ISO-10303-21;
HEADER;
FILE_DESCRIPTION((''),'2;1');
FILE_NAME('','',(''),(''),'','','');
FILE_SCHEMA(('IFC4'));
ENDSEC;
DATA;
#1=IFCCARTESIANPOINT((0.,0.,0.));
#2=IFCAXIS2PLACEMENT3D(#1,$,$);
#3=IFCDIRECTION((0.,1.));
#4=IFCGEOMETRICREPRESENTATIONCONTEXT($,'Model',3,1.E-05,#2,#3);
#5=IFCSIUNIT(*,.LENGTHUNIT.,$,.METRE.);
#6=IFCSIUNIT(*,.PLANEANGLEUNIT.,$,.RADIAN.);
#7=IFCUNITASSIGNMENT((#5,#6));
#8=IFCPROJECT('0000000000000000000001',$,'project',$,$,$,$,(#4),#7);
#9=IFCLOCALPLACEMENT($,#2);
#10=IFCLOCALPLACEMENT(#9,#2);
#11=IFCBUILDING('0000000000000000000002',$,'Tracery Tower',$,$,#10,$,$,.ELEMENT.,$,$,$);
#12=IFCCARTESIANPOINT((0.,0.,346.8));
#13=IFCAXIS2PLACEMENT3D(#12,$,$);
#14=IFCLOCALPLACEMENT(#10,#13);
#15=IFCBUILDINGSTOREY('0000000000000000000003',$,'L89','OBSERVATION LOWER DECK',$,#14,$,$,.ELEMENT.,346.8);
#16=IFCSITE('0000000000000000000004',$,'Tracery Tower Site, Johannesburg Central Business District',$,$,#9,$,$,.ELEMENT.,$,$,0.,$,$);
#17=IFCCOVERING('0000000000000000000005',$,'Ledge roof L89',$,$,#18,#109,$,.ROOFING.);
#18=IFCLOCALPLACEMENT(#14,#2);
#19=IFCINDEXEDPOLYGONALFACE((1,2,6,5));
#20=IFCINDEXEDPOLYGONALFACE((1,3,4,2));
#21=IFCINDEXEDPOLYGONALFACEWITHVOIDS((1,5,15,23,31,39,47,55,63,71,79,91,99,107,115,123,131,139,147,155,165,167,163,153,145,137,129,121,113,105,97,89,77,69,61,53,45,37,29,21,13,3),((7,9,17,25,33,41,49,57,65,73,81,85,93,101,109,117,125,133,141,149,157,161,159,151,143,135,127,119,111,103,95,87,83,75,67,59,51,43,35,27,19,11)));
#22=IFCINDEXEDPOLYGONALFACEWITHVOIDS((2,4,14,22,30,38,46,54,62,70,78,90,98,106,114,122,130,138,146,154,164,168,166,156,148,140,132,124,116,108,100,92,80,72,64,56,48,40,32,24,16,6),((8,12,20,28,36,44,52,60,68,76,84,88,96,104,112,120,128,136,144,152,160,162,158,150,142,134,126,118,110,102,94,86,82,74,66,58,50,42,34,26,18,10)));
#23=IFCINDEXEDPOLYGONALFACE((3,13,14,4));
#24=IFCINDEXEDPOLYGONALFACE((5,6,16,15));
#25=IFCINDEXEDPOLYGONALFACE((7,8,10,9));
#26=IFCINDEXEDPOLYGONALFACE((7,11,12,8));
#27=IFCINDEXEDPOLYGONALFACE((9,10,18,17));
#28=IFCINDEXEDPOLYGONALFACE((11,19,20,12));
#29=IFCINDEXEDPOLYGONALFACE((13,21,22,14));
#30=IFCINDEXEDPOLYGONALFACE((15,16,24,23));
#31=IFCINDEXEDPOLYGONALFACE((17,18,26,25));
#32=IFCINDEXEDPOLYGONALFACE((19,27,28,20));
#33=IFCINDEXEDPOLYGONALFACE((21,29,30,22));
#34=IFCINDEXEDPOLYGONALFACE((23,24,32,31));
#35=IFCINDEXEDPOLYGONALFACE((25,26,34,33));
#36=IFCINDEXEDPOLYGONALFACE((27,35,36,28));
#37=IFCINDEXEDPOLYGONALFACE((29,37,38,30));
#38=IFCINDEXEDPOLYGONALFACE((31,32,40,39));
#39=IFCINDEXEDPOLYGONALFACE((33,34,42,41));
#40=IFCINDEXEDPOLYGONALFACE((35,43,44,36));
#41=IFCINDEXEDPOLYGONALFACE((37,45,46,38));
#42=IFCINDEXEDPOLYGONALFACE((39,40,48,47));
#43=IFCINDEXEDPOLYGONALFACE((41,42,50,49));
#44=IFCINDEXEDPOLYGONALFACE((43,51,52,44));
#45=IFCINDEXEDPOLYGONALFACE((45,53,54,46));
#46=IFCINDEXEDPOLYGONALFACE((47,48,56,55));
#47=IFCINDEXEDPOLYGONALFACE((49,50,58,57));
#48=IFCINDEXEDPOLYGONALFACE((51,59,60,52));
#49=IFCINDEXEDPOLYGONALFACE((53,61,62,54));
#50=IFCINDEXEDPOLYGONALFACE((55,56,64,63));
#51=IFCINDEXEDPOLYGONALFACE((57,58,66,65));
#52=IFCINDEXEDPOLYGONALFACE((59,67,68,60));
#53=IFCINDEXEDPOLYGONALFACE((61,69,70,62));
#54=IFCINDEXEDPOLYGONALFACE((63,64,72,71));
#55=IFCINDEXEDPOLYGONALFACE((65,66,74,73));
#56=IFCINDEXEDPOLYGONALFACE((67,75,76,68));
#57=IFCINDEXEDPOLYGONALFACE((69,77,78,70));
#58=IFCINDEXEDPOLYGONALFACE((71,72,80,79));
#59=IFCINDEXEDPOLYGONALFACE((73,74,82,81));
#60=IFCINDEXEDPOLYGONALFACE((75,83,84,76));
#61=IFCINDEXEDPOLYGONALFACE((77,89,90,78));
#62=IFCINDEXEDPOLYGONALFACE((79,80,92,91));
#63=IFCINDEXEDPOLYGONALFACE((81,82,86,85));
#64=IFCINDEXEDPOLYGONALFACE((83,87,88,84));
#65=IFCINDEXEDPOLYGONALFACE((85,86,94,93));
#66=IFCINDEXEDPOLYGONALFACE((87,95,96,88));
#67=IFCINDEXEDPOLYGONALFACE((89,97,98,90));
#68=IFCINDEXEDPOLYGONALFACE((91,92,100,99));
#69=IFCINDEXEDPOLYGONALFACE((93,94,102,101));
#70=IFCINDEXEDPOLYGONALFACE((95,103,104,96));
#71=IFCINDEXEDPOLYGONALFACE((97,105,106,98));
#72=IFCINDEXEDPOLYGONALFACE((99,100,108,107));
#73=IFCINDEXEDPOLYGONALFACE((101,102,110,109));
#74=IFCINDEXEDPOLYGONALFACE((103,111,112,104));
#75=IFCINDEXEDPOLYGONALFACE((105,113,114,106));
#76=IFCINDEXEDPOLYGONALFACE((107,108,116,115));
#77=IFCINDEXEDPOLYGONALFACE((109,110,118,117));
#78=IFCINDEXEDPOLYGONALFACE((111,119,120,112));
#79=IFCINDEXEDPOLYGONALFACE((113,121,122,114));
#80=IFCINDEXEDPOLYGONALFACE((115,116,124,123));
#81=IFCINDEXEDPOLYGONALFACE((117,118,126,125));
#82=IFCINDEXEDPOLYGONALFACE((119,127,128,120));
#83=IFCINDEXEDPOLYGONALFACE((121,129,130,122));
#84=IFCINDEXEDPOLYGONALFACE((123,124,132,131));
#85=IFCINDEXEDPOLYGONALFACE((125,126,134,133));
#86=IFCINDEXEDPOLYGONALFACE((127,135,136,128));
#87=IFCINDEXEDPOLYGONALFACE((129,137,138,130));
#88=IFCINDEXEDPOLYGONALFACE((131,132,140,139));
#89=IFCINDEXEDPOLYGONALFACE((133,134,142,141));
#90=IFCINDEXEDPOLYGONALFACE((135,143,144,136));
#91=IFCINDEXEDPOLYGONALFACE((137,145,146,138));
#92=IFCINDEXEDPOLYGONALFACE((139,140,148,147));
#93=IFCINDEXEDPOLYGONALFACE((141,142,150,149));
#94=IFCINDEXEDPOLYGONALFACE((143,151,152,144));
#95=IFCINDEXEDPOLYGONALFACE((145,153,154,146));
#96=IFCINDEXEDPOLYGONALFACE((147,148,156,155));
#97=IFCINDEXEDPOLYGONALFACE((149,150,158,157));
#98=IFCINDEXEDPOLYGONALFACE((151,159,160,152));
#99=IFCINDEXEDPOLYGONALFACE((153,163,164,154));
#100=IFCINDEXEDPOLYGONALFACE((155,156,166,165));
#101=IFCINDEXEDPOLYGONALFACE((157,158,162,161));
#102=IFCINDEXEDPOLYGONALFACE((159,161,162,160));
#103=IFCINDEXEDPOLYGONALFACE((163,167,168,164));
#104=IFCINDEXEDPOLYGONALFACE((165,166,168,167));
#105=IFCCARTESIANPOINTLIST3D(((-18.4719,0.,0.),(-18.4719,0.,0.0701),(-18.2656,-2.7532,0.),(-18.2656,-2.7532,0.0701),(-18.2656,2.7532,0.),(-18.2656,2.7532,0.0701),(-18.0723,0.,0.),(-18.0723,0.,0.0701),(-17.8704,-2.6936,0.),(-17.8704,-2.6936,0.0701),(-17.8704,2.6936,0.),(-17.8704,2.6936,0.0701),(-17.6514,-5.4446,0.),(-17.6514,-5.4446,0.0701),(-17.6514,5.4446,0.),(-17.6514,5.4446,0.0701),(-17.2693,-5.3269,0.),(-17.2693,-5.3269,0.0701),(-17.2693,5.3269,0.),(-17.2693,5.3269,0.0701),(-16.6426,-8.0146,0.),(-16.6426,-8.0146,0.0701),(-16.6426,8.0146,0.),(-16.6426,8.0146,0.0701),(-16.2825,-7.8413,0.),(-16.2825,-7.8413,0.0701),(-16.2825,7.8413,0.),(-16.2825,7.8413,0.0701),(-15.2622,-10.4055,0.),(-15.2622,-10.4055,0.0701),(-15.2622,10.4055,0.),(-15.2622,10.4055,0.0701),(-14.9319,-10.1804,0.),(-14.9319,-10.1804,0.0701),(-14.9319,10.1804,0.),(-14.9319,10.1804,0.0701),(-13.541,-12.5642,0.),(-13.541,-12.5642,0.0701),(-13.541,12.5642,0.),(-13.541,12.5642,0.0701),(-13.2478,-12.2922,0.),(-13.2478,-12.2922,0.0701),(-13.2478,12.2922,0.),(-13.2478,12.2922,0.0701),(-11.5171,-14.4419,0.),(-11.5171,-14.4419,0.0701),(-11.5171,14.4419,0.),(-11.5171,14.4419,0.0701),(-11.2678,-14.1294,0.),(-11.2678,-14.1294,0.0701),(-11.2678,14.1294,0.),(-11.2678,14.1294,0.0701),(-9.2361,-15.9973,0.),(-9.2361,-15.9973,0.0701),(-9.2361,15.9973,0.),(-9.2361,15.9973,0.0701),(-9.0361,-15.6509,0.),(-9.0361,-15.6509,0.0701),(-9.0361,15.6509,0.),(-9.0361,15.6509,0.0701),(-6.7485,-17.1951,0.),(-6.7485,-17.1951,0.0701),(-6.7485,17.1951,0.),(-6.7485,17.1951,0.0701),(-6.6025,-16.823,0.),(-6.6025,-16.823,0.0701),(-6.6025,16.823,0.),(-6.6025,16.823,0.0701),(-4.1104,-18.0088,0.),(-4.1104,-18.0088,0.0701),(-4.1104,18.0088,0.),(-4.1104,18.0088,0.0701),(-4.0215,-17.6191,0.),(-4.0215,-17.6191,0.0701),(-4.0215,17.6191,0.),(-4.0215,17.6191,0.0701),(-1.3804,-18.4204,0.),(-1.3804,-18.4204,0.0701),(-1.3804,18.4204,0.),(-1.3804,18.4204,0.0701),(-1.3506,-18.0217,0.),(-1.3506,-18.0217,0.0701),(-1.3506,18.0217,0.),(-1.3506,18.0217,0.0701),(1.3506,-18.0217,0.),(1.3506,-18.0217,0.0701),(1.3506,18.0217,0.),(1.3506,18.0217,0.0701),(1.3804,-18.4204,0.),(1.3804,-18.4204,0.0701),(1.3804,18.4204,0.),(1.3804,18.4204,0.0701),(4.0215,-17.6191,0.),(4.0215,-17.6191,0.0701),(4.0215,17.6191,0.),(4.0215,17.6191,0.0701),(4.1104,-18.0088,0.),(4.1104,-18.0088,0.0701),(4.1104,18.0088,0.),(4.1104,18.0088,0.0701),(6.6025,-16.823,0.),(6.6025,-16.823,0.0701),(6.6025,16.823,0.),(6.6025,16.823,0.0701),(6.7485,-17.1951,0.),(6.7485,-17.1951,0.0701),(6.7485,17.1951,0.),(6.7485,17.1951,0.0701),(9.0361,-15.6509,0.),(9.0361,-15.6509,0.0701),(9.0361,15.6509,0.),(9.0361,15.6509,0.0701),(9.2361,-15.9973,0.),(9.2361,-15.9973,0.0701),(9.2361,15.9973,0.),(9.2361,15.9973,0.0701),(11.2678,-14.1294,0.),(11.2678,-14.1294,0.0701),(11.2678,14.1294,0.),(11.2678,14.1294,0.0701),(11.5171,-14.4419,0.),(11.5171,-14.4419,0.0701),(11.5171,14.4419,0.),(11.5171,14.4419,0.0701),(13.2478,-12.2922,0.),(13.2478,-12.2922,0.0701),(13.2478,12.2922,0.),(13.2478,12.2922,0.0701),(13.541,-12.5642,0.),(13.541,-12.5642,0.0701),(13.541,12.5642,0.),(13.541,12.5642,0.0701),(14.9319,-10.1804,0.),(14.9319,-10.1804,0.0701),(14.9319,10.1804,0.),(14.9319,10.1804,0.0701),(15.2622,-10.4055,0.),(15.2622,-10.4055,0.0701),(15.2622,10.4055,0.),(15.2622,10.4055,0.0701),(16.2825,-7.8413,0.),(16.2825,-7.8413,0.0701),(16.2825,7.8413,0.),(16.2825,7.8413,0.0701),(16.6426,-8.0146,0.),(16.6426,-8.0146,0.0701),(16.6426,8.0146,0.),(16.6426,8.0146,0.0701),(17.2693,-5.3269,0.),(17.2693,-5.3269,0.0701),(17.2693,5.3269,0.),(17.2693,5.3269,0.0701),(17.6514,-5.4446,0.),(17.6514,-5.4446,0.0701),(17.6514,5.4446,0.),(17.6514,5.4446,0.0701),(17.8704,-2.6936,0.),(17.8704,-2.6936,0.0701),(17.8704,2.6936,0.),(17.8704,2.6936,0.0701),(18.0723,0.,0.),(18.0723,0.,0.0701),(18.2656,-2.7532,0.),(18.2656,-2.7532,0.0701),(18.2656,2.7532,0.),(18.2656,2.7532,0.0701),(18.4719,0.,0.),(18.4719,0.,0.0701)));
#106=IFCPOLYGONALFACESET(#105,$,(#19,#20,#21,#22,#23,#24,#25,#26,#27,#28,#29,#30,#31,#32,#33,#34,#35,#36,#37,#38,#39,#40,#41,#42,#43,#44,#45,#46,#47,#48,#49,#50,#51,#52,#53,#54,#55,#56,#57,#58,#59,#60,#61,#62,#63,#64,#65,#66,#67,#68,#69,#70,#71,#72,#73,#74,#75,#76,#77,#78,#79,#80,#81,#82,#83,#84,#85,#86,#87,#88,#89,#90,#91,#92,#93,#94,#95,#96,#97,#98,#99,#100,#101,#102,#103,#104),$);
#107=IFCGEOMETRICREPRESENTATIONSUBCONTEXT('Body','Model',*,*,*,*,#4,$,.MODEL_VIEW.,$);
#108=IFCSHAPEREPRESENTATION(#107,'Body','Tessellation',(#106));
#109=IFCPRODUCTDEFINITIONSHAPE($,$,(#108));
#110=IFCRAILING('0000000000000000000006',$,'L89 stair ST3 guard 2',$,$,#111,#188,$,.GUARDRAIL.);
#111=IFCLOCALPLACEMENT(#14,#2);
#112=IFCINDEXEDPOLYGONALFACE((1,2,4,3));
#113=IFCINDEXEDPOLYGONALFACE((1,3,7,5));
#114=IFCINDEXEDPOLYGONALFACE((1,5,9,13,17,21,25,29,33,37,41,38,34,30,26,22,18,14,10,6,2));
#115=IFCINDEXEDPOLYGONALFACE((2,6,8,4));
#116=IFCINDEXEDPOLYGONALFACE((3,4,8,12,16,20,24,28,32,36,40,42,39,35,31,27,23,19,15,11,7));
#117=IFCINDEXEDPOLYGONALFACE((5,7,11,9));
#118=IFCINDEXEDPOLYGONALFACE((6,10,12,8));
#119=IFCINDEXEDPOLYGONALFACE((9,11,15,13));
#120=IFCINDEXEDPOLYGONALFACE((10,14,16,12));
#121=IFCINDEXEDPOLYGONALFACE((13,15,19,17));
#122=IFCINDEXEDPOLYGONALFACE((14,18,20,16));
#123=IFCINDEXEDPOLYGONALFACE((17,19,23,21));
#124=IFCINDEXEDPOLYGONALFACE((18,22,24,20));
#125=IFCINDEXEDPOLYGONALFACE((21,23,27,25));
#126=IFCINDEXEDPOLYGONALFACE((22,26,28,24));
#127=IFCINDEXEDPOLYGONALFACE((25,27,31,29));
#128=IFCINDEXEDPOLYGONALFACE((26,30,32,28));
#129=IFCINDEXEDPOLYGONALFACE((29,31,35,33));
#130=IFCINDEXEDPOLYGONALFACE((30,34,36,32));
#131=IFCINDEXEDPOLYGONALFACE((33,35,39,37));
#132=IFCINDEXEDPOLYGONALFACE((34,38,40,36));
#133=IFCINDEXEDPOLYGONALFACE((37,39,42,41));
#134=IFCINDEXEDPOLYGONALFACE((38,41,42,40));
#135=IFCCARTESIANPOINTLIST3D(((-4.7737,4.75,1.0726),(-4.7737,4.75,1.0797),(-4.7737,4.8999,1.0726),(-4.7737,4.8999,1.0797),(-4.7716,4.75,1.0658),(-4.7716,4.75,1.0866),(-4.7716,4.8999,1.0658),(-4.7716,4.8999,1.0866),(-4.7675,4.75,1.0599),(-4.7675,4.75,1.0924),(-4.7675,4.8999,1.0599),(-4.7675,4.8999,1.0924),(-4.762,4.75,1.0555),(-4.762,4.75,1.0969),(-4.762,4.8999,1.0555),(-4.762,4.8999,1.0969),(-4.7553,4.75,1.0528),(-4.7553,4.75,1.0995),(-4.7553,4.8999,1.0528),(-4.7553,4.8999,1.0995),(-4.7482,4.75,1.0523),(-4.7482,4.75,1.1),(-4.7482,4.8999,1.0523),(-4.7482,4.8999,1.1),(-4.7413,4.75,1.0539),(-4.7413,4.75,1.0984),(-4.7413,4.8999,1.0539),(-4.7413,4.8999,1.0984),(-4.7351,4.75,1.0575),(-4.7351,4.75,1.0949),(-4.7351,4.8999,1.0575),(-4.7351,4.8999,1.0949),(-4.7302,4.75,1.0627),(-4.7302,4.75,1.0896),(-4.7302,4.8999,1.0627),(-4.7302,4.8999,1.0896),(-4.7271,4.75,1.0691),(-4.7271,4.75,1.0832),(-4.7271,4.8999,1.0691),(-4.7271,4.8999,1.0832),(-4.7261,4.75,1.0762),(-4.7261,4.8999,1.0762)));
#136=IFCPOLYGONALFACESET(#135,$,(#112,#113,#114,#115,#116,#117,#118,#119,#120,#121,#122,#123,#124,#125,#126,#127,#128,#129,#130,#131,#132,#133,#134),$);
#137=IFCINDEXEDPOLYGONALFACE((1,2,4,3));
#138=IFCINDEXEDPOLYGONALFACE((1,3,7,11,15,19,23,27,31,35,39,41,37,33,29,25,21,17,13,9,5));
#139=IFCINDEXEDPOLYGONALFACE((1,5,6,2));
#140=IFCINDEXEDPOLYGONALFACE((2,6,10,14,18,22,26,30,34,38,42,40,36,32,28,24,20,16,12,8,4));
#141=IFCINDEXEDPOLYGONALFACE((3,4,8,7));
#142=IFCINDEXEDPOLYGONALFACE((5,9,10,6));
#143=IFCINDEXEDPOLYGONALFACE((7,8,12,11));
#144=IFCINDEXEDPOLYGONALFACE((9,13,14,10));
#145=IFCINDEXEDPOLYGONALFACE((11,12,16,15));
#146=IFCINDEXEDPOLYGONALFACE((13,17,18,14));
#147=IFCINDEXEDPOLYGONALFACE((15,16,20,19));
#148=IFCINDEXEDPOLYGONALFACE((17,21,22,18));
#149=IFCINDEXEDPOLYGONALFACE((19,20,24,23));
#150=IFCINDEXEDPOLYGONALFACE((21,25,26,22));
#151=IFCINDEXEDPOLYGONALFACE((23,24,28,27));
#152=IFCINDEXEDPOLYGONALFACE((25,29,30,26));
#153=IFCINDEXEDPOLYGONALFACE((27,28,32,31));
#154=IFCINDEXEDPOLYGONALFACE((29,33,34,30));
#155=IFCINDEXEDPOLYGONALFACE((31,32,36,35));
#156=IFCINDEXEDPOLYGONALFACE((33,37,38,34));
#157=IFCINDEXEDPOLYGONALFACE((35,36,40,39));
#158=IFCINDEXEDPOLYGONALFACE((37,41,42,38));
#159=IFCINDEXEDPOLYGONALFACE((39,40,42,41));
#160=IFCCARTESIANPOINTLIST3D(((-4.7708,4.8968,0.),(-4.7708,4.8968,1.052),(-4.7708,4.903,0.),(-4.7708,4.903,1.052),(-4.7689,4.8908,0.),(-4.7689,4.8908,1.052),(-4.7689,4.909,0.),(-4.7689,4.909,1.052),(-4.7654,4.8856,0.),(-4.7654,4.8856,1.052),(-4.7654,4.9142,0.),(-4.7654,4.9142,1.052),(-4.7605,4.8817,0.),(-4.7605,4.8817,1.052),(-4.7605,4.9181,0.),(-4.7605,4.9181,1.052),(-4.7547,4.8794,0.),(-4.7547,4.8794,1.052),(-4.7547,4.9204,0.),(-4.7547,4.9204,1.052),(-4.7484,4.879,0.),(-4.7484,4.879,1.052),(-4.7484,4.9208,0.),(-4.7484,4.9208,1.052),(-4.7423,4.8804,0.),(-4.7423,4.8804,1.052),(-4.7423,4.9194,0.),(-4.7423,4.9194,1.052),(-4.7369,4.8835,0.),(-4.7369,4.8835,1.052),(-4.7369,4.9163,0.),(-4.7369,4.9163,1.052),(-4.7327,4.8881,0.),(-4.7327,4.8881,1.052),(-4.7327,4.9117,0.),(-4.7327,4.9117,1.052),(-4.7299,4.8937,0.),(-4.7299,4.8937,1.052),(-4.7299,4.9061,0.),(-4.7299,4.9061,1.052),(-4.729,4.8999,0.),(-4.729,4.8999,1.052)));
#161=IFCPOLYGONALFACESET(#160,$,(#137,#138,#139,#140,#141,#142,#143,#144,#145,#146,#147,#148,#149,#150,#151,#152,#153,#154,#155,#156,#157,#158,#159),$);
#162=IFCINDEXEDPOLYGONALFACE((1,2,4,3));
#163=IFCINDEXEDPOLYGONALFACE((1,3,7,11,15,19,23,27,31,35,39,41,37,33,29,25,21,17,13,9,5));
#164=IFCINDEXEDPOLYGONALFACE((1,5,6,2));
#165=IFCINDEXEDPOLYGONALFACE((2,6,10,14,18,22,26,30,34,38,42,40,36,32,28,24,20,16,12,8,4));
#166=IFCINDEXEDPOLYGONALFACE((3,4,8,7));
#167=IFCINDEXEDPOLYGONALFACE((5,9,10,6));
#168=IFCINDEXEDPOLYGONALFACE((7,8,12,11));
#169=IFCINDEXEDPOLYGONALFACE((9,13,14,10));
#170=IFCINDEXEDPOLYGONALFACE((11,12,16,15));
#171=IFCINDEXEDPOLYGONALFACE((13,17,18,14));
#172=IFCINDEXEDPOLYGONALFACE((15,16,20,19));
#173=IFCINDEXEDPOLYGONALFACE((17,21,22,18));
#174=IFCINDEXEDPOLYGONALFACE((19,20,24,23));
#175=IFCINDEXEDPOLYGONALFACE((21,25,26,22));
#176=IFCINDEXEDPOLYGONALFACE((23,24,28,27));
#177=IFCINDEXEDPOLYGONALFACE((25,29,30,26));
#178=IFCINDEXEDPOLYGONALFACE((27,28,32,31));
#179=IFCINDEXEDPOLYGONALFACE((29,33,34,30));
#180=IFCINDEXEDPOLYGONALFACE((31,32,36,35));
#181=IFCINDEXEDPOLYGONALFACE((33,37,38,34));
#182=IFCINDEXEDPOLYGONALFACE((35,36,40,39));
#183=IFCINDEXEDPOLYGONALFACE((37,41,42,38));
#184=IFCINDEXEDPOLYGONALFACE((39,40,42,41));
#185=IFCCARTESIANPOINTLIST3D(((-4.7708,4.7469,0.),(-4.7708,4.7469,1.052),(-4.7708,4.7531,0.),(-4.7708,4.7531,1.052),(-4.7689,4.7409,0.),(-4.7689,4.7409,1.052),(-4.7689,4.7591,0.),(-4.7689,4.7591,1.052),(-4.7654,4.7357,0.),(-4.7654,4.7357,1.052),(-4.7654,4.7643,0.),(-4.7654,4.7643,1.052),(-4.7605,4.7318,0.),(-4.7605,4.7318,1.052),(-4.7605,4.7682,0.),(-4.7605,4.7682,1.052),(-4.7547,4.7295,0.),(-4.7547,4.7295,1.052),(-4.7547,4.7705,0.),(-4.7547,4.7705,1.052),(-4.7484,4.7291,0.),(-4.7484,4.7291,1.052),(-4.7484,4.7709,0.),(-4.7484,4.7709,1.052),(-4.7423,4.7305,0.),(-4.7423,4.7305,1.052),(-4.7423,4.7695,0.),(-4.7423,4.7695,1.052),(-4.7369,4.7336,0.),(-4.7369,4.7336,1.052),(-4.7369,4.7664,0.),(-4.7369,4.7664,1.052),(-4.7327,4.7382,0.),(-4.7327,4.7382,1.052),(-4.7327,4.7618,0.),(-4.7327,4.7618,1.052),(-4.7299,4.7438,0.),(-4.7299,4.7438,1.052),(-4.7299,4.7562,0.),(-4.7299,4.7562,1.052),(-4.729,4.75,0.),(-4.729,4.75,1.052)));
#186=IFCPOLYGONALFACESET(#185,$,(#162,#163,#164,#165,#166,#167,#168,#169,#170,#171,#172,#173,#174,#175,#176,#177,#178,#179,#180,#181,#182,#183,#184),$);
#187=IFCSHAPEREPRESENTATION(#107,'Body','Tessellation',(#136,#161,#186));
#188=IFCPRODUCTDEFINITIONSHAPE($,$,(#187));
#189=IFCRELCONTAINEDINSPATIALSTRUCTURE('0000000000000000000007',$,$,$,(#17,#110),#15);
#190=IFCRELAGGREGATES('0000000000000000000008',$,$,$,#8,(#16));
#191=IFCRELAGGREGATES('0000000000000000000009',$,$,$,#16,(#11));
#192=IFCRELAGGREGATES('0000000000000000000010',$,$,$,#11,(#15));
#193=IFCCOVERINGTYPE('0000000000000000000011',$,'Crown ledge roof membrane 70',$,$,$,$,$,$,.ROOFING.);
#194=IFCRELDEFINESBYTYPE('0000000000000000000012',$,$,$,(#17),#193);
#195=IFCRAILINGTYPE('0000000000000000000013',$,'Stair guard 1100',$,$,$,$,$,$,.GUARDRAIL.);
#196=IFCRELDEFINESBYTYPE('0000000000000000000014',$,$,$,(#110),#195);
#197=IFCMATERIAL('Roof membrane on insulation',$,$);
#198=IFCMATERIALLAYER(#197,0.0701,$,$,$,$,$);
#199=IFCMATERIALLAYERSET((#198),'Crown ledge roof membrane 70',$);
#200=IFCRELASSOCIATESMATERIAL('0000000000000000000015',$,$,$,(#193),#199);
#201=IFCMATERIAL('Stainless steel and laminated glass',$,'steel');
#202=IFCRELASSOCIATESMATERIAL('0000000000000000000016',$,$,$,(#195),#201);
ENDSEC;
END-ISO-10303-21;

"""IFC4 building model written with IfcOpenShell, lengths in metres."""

from ifc_helpers import new_model, si_unit, direction, frame, origin, origin_2d, place, context, subcontext, project, spatial, polyline, circle, outline, extrude, material, layer, layer_set, type_object, element, save


model = new_model("IFC4")

# Units and contexts
model_context = context("Model", 3, precision=1e-05, world=origin(), true_north=direction((0.0, 1.0)))
body_context = subcontext(model_context, "Body", "Model", "MODEL_VIEW")
ifc_project = project(units=[si_unit("LENGTHUNIT", "METRE"), si_unit("PLANEANGLEUNIT", "RADIAN")], contexts=[model_context])

# Site, building, storey
site_placement = place(None, origin())
site = spatial("IfcSite", under=ifc_project, at=site_placement, Name="Tracery Tower Site, Johannesburg Central Business District", CompositionType="ELEMENT", RefElevation=0.0)
building_placement = place(site_placement, origin())
building = spatial("IfcBuilding", under=site, at=building_placement, Name="Tracery Tower", CompositionType="ELEMENT")
storey_placement = place(building_placement, frame((0.0, 0.0, 346.8)))
storey = spatial("IfcBuildingStorey", under=building, at=storey_placement, Name="L89", Description="OBSERVATION LOWER DECK", CompositionType="ELEMENT", Elevation=346.8)

# Covering
ifc_material_1 = material(Name="Roof membrane on insulation")
ifc_layer_1 = layer(ifc_material_1, 0.0701)
ifc_layer_set_1 = layer_set([ifc_layer_1], Name="Crown ledge roof membrane 70")
covering_type = type_object("IfcCoveringType", Name="Crown ledge roof membrane 70", PredefinedType="ROOFING", material=ifc_layer_set_1)
covering_placement = place(storey_placement, origin())
element("IfcCovering", 1, at=covering_placement, inside=storey, type_object=covering_type, Name="Ledge roof L89", PredefinedType="ROOFING", context=body_context, shape_type="SweptSolid", body=[
    extrude(outline(polyline([(18.4719, 0.0), (18.2656, 2.7532), (17.6514, 5.4446), (16.6426, 8.0146), (15.2622, 10.4055), (13.541, 12.5642), (11.5171, 14.4419), (9.2361, 15.9973), (6.7485, 17.1951), (4.1104, 18.0088), (1.3804, 18.4204), (-1.3804, 18.4204), (-4.1104, 18.0088), (-6.7485, 17.1951), (-9.2361, 15.9973), (-11.5171, 14.4419), (-13.541, 12.5642), (-15.2622, 10.4055), (-16.6426, 8.0146), (-17.6514, 5.4446), (-18.2656, 2.7532), (-18.4719, 0.0), (-18.2656, -2.7532), (-17.6514, -5.4446), (-16.6426, -8.0146), (-15.2622, -10.4055), (-13.541, -12.5642), (-11.5171, -14.4419), (-9.2361, -15.9973), (-6.7485, -17.1951), (-4.1104, -18.0088), (-1.3804, -18.4204), (1.3804, -18.4204), (4.1104, -18.0088), (6.7485, -17.1951), (9.2361, -15.9973), (11.5171, -14.4419), (13.541, -12.5642), (15.2622, -10.4055), (16.6426, -8.0146), (17.6514, -5.4446), (18.2656, -2.7532), (18.4719, 0.0)]), holes=[polyline([(18.0723, 0.0), (17.8704, -2.6936), (17.2693, -5.3269), (16.2825, -7.8413), (14.9319, -10.1804), (13.2478, -12.2922), (11.2678, -14.1294), (9.0361, -15.6509), (6.6025, -16.823), (4.0215, -17.6191), (1.3506, -18.0217), (-1.3506, -18.0217), (-4.0215, -17.6191), (-6.6025, -16.823), (-9.0361, -15.6509), (-11.2678, -14.1294), (-13.2478, -12.2922), (-14.9319, -10.1804), (-16.2825, -7.8413), (-17.2693, -5.3269), (-17.8704, -2.6936), (-18.0723, 0.0), (-17.8704, 2.6936), (-17.2693, 5.3269), (-16.2825, 7.8413), (-14.9319, 10.1804), (-13.2478, 12.2922), (-11.2678, 14.1294), (-9.0361, 15.6509), (-6.6025, 16.823), (-4.0215, 17.6191), (-1.3506, 18.0217), (1.3506, 18.0217), (4.0215, 17.6191), (6.6025, 16.823), (9.0361, 15.6509), (11.2678, 14.1294), (13.2478, 12.2922), (14.9319, 10.1804), (16.2825, 7.8413), (17.2693, 5.3269), (17.8704, 2.6936), (18.0723, 0.0)])]), origin(), (0.0, 0.0, 1.0), 0.0701),
])

# Railing
ifc_material_2 = material(Name="Stainless steel and laminated glass", Category="steel")
railing_type_1 = type_object("IfcRailingType", Name="Stair guard 1100", PredefinedType="GUARDRAIL", material=ifc_material_2)
railing_1_placement = place(storey_placement, frame((-4.75, 4.8999, 0.0)))
element("IfcRailing", 2, at=railing_1_placement, inside=storey, type_object=railing_type_1, Name="L89 stair ST3 guard 2", PredefinedType="GUARDRAIL", context=body_context, shape_type="SweptSolid", body=[
    extrude(circle(Radius=0.0239, at=origin_2d()), frame((0.0, 0.0, 1.0762), z_axis=(0.0, -1.0, 0.0), x_axis=(1.0, 0.0, 0.0)), (0.0, 0.0, 1.0), 0.1499),
    extrude(circle(Radius=0.021, at=origin_2d()), origin(), (0.0, 0.0, 1.0), 1.052),
    extrude(circle(Radius=0.021, at=origin_2d()), frame((0.0, -0.1499, 0.0)), (0.0, 0.0, 1.0), 1.052),
])

save(model, "model.ifc")
